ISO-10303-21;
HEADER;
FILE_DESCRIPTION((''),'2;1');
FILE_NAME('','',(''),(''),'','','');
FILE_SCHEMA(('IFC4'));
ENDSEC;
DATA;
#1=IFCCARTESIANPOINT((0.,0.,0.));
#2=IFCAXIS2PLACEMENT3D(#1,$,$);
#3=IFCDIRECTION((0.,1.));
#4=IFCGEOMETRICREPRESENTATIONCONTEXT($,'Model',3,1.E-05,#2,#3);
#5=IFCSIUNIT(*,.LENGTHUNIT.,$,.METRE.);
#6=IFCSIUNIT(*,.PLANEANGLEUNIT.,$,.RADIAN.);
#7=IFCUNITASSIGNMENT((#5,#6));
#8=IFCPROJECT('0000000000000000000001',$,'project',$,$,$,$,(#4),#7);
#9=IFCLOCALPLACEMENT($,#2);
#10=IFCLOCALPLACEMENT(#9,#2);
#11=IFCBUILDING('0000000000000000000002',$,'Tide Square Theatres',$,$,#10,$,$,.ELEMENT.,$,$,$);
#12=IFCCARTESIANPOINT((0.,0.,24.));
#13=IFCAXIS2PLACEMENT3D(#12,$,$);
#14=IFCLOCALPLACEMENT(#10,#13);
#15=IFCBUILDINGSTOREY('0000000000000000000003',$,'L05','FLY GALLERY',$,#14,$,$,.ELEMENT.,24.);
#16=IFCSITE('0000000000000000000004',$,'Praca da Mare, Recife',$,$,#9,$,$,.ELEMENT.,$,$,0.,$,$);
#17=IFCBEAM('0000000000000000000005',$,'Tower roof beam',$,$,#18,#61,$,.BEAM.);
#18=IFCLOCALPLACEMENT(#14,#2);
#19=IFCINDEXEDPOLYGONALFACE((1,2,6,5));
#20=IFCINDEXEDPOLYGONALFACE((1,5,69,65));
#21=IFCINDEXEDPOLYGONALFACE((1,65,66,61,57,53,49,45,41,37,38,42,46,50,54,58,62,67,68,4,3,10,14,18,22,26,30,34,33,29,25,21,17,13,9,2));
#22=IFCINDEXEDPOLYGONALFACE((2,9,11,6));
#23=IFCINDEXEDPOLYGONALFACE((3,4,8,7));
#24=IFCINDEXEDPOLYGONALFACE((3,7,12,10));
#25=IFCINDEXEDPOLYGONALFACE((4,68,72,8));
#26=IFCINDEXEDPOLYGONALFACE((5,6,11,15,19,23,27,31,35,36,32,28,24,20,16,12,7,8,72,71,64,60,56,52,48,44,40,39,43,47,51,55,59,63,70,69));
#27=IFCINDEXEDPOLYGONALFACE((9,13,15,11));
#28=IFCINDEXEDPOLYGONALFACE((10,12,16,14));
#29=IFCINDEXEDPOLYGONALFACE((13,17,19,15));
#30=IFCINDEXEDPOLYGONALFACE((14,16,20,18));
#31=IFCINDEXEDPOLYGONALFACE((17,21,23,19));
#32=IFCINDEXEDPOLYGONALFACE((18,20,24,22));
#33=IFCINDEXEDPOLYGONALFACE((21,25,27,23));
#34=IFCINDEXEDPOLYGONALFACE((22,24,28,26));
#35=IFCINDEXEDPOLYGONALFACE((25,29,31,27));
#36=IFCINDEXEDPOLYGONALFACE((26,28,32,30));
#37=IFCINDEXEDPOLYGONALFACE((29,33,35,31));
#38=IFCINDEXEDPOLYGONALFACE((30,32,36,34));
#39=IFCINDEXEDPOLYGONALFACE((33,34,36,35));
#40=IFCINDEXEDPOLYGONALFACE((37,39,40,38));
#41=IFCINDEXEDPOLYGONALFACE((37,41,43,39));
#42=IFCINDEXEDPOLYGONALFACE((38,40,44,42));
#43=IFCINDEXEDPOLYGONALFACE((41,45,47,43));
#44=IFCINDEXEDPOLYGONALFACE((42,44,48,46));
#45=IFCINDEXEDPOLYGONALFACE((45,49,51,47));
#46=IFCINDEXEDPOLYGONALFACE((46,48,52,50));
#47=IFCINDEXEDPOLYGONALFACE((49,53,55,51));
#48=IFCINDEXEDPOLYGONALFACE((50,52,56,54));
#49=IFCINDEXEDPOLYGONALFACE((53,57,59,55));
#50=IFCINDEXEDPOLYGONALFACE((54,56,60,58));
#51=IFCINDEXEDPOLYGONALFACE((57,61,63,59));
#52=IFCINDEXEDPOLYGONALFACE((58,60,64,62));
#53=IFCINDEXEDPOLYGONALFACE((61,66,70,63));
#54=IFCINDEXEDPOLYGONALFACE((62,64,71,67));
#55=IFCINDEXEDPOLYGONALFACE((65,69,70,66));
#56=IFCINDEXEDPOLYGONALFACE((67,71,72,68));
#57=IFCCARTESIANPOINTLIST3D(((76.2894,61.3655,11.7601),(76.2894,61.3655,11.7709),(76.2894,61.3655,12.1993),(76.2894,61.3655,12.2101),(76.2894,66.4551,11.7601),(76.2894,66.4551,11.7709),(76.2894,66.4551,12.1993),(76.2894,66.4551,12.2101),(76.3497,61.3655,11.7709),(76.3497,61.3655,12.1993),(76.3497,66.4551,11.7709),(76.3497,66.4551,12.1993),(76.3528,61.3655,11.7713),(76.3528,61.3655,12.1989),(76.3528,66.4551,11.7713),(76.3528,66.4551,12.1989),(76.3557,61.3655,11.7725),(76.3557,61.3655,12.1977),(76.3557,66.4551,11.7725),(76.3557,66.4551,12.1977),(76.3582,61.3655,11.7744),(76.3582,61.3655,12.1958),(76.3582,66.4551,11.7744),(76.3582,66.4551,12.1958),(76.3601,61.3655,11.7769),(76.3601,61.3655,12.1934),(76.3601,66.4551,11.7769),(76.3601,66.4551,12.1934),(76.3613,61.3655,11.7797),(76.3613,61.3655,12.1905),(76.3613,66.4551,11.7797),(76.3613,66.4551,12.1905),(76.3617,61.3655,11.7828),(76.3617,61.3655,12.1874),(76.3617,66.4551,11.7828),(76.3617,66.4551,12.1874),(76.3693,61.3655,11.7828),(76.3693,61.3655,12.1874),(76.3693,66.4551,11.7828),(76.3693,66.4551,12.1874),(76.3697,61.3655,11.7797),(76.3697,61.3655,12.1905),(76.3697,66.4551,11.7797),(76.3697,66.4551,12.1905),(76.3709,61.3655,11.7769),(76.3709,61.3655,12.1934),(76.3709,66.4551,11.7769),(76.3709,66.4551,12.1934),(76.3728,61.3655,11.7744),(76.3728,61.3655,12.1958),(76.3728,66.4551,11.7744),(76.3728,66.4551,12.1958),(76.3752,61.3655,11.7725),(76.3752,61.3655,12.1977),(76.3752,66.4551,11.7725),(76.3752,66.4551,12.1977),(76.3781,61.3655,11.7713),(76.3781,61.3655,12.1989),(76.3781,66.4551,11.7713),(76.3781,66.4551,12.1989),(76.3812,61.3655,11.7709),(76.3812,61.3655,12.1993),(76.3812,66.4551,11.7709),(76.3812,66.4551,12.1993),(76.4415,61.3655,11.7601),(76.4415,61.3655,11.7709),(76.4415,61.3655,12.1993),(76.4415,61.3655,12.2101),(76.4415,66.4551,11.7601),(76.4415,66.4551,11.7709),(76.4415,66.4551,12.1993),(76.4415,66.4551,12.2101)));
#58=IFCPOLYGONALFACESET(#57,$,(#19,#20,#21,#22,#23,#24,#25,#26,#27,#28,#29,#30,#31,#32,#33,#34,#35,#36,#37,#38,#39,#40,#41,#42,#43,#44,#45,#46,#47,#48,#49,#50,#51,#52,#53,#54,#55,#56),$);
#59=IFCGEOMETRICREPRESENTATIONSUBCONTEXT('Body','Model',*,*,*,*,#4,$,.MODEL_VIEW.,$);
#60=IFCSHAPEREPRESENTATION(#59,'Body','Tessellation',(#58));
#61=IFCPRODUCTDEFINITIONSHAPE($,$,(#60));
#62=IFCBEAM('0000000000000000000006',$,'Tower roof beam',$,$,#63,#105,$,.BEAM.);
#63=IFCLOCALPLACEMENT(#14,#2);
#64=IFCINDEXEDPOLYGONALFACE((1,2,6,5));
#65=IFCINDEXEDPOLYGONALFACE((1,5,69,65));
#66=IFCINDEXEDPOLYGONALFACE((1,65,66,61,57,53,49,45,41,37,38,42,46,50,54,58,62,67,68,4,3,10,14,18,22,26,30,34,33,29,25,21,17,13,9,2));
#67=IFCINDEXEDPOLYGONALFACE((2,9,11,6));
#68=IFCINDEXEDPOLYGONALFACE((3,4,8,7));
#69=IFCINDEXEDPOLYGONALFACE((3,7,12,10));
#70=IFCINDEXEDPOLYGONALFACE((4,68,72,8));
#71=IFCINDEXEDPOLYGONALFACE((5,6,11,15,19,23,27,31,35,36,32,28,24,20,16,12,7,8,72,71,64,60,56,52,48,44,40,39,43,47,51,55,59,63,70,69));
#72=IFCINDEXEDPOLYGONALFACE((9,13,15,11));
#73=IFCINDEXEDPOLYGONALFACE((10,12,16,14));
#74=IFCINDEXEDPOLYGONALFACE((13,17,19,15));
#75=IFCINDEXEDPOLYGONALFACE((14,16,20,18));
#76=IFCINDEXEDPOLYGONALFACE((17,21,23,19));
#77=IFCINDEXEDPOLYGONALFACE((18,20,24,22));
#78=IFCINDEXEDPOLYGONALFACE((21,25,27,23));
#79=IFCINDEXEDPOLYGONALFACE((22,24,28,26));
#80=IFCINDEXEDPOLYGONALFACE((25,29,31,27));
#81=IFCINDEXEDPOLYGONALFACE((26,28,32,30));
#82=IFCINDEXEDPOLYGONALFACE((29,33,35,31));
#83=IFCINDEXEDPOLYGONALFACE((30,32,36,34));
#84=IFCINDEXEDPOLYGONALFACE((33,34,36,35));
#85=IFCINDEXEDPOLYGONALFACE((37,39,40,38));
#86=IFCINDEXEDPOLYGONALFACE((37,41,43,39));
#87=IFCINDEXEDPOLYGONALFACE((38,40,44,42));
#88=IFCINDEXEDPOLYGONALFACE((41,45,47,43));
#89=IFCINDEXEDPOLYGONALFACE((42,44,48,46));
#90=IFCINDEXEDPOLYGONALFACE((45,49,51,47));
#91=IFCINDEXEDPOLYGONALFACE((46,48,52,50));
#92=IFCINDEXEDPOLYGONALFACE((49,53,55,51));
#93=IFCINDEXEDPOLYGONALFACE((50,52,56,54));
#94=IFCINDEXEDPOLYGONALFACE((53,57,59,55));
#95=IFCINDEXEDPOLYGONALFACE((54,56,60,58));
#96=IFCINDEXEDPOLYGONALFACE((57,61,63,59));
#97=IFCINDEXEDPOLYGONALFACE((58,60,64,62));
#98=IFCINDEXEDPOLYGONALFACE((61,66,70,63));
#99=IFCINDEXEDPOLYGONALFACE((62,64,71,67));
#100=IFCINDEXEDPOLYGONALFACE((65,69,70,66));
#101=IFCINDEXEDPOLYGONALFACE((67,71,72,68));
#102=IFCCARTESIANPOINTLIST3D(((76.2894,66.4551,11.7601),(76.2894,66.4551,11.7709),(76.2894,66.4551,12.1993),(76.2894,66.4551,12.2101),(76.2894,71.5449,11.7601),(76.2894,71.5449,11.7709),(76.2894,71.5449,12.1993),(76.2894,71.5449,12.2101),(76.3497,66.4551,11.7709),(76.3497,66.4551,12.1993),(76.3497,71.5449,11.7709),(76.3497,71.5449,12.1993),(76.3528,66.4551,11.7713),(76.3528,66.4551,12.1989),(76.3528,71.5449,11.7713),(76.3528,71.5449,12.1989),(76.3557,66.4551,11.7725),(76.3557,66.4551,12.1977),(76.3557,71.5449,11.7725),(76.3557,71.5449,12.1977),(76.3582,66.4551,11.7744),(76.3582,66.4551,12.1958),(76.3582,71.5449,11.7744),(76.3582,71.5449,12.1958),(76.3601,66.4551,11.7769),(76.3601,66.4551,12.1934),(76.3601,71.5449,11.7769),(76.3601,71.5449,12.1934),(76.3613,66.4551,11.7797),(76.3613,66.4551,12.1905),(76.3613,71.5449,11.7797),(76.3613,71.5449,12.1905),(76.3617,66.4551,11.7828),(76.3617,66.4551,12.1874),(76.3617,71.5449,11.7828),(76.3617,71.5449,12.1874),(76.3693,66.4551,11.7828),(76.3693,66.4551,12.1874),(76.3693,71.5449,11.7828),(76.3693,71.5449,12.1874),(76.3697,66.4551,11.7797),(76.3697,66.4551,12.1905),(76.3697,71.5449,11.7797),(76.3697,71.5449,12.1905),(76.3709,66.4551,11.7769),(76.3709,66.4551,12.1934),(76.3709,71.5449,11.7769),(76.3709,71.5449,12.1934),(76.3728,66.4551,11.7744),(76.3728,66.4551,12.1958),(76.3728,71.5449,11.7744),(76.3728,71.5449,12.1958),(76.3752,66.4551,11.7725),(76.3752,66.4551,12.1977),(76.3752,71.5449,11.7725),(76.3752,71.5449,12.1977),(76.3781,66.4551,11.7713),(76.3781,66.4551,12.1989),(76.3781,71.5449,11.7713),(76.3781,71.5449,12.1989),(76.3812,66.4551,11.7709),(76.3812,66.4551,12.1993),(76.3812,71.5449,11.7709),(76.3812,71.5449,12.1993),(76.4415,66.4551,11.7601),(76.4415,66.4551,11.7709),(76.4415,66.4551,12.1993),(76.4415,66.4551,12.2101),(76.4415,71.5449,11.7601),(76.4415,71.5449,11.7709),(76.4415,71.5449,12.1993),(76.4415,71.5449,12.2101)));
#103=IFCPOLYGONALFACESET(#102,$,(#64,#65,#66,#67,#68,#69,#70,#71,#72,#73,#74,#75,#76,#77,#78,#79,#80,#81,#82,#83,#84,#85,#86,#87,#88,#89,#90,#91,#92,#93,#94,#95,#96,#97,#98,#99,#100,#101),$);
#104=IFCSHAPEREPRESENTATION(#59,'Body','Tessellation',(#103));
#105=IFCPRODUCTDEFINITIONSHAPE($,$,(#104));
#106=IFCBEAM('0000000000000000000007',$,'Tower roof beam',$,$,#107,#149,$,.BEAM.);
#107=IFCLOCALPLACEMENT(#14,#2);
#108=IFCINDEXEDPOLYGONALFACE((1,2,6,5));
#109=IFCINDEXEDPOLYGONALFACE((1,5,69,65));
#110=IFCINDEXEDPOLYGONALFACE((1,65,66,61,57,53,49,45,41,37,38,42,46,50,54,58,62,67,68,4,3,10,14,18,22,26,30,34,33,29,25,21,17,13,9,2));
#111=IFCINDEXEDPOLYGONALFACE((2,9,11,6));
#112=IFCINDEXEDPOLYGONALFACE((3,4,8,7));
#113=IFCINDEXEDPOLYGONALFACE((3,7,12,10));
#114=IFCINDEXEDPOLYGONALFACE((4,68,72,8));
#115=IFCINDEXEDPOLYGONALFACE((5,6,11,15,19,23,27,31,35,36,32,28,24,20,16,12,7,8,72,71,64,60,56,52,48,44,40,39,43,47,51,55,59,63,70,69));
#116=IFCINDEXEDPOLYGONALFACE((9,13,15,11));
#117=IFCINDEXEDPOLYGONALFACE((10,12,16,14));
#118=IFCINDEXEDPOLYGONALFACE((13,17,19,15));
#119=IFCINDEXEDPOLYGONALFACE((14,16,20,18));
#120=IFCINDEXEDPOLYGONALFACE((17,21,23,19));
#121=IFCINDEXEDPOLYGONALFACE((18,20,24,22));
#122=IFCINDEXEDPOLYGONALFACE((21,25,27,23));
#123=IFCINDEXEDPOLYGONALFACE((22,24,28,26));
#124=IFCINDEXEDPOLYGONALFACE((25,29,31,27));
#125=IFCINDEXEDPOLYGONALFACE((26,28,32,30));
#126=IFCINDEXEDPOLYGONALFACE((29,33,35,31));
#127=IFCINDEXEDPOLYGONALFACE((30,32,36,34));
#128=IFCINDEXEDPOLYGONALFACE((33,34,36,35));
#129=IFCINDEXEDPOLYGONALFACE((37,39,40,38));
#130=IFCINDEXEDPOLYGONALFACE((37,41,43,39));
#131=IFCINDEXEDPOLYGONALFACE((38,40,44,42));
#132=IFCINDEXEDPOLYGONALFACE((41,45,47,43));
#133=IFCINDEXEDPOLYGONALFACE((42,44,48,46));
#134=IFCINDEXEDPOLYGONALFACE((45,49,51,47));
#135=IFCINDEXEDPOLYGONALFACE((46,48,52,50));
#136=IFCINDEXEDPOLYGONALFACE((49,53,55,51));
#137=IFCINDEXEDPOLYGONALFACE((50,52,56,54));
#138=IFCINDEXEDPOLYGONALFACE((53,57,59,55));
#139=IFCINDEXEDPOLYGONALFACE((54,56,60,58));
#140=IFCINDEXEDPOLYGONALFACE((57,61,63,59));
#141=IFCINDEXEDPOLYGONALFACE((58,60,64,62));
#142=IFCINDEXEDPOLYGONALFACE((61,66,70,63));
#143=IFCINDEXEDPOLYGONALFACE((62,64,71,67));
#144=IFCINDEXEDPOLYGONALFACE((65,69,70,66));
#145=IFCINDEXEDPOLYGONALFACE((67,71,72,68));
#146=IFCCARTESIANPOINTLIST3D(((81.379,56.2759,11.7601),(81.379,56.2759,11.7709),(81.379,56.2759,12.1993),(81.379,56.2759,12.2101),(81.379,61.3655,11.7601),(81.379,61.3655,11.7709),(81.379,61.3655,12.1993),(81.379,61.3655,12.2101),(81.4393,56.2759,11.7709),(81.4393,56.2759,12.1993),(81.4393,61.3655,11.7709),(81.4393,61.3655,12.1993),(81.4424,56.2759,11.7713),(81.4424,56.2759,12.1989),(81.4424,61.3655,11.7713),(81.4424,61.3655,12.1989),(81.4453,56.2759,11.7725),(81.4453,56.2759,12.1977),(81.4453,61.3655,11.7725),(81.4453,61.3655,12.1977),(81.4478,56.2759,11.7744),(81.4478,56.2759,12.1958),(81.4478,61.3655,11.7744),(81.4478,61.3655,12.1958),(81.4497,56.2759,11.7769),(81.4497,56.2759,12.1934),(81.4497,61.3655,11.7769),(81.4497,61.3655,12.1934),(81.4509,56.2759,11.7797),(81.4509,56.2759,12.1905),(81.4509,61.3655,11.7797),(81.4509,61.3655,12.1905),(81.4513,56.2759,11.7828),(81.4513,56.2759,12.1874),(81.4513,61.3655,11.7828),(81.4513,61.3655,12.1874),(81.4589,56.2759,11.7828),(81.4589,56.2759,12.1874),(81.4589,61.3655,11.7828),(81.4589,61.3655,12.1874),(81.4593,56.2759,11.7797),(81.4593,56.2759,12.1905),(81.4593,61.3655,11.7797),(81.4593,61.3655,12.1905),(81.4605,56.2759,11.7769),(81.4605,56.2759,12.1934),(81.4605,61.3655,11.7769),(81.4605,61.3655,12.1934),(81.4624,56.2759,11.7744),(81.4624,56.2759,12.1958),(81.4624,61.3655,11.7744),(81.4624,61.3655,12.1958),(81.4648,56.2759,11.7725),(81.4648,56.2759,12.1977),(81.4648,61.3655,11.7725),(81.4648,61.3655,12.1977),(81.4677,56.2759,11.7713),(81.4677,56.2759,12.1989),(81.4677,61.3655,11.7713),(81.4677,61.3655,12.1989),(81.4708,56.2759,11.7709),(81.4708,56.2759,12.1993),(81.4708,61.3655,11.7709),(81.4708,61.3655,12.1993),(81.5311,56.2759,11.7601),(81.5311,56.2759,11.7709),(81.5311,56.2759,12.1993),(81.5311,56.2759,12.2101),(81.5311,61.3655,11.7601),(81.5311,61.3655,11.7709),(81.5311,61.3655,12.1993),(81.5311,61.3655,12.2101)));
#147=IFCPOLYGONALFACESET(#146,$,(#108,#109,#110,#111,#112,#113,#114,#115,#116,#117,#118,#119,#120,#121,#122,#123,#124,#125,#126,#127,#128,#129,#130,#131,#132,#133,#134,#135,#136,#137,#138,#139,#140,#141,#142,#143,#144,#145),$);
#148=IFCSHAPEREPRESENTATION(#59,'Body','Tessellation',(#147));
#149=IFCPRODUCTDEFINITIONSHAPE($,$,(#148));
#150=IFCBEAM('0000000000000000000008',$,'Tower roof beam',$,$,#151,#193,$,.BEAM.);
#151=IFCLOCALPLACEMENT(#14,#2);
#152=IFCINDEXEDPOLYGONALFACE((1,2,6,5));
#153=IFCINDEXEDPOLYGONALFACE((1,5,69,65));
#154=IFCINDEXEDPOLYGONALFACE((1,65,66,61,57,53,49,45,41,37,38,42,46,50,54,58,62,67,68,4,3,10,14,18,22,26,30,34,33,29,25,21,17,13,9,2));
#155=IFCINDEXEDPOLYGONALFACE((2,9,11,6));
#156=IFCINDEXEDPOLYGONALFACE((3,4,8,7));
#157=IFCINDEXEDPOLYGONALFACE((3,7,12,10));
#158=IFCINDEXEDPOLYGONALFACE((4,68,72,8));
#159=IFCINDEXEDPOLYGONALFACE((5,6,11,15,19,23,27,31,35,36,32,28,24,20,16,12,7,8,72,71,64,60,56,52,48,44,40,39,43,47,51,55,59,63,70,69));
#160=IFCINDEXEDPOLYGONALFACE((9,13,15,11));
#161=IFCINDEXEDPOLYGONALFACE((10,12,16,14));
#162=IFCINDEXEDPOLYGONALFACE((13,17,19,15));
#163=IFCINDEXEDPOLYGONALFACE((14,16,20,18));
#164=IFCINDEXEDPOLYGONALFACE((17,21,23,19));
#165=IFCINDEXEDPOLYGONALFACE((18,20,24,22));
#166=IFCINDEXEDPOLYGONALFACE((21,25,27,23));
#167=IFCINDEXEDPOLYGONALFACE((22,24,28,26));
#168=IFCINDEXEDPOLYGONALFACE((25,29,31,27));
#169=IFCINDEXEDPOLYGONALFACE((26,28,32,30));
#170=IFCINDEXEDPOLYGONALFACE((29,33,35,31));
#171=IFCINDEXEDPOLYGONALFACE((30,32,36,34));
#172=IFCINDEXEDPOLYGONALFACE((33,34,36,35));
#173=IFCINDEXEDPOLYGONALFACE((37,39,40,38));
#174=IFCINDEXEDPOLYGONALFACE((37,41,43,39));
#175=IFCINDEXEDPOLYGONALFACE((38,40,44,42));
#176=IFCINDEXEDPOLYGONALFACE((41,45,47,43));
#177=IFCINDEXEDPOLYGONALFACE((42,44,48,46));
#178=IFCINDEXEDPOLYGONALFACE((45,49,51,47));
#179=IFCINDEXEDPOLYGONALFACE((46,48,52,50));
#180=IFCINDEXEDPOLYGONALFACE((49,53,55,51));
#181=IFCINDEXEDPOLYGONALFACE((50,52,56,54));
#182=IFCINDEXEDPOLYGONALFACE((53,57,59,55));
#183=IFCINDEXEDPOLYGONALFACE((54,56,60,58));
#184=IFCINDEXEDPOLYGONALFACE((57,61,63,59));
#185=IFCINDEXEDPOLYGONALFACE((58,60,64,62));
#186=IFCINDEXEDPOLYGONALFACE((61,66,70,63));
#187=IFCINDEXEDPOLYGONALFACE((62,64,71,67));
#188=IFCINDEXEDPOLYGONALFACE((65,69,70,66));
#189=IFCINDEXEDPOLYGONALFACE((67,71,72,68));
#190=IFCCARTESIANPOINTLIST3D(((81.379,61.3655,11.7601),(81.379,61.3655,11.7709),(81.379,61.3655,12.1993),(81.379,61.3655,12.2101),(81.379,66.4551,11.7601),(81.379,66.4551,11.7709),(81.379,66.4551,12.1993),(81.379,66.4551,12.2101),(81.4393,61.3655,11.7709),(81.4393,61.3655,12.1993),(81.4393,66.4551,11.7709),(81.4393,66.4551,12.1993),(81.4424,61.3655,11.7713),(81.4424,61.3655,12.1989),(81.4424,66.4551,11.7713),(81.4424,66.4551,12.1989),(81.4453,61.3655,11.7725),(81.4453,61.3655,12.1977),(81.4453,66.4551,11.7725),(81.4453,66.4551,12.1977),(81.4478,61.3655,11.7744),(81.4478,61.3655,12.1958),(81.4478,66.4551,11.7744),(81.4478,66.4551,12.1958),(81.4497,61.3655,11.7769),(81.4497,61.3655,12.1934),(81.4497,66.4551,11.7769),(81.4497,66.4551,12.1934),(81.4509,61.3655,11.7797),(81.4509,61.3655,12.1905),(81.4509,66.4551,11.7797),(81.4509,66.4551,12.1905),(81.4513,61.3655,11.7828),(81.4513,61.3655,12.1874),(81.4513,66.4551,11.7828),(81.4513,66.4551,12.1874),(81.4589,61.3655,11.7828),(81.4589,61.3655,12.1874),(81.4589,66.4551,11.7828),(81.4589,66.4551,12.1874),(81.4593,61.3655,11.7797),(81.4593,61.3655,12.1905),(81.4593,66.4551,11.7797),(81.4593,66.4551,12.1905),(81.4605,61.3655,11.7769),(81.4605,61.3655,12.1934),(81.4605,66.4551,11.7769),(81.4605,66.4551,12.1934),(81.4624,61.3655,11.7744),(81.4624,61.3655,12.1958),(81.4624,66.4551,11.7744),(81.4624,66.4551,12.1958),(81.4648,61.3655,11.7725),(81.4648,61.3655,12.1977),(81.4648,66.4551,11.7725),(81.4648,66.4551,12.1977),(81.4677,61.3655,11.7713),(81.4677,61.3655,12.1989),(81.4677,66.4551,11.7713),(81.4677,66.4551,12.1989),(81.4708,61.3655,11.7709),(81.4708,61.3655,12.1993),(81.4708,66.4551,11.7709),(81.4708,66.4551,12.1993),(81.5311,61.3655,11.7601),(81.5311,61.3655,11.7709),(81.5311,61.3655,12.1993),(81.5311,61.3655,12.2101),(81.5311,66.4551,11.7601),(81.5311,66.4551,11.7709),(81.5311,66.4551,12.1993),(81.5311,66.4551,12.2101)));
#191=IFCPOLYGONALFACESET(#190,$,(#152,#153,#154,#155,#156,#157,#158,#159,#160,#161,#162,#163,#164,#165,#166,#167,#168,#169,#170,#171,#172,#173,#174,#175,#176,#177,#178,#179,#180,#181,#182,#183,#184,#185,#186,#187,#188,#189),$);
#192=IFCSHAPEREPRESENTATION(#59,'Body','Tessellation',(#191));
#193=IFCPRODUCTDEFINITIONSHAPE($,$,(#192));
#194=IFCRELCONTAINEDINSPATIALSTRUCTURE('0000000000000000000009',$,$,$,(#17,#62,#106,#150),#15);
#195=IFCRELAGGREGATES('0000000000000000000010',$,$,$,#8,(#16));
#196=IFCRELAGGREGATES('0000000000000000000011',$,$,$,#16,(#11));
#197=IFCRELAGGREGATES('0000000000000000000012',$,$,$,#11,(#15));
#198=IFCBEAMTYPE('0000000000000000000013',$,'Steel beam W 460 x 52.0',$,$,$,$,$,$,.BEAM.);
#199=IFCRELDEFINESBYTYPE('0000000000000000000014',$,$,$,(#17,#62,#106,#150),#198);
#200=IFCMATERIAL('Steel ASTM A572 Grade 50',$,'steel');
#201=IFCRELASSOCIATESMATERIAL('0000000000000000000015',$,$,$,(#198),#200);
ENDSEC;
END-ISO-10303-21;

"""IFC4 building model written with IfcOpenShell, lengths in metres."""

from ifc_helpers import new_model, si_unit, direction, frame, origin, origin_2d, place, context, subcontext, project, spatial, i_section, extrude, material, material_profile, profile_set, type_object, element, save


model = new_model("IFC4")

# Units and contexts
model_context = context("Model", 3, precision=1e-05, world=origin(), true_north=direction((0.0, 1.0)))
body_context = subcontext(model_context, "Body", "Model", "MODEL_VIEW")
ifc_project = project(units=[si_unit("LENGTHUNIT", "METRE"), si_unit("PLANEANGLEUNIT", "RADIAN")], contexts=[model_context])

# Site, building, storey
site_placement = place(None, origin())
site = spatial("IfcSite", under=ifc_project, at=site_placement, Name="Praca da Mare, Recife", CompositionType="ELEMENT", RefElevation=0.0)
building_placement = place(site_placement, origin())
building = spatial("IfcBuilding", under=site, at=building_placement, Name="Tide Square Theatres", CompositionType="ELEMENT")
storey_placement = place(building_placement, frame((0.0, 0.0, 24.0)))
storey = spatial("IfcBuildingStorey", under=building, at=storey_placement, Name="L05", Description="FLY GALLERY", CompositionType="ELEMENT", Elevation=24.0)

# Beams
ifc_material_1 = material(Name="Steel ASTM A572 Grade 50", Category="steel")
ifc_material_profile_1 = material_profile(ifc_material_1, i_section(OverallWidth=0.1521, OverallDepth=0.45, WebThickness=0.0076, FlangeThickness=0.0107, FilletRadius=0.012, at=origin_2d()))
ifc_profile_set_1 = profile_set([ifc_material_profile_1], Name="Steel ASTM A572 Grade 50")
beam_type_1 = type_object("IfcBeamType", Name="Steel beam W 460 x 52.0", PredefinedType="BEAM", material=ifc_profile_set_1)
for number, where, z_axis, x_axis, name in (
    (1, (76.3655, 61.3655, 11.9851), (0.0, 1.0, 0.0), (-1.0, 0.0, 0.0), "Tower roof beam"),
):
    element("IfcBeam", number, at=place(storey_placement, frame(where, z_axis=z_axis, x_axis=x_axis)), inside=storey, type_object=beam_type_1, Name=name, PredefinedType="BEAM", context=body_context, shape_type="SweptSolid", body=[
        extrude(i_section(OverallWidth=0.1521, OverallDepth=0.45, WebThickness=0.0076, FlangeThickness=0.0107, FilletRadius=0.012, at=origin_2d()), origin(), (0.0, 0.0, 1.0), 5.0896),
    ])
beam_placement = place(storey_placement, frame((76.3655, 66.4551, 11.9851), z_axis=(0.0, 1.0, 0.0), x_axis=(-1.0, 0.0, 0.0)))
element("IfcBeam", 2, at=beam_placement, inside=storey, type_object=beam_type_1, Name="Tower roof beam", PredefinedType="BEAM", context=body_context, shape_type="SweptSolid", body=[
    extrude(i_section(OverallWidth=0.1521, OverallDepth=0.45, WebThickness=0.0076, FlangeThickness=0.0107, FilletRadius=0.012, at=origin_2d()), origin(), (0.0, 0.0, 1.0), 5.0898),
])
for number, where, z_axis, x_axis, name in (
    (3, (81.4551, 56.2759, 11.9851), (0.0, 1.0, 0.0), (-1.0, 0.0, 0.0), "Tower roof beam"),
    (4, (81.4551, 61.3655, 11.9851), (0.0, 1.0, 0.0), (-1.0, 0.0, 0.0), "Tower roof beam"),
):
    element("IfcBeam", number, at=place(storey_placement, frame(where, z_axis=z_axis, x_axis=x_axis)), inside=storey, type_object=beam_type_1, Name=name, PredefinedType="BEAM", context=body_context, shape_type="SweptSolid", body=[
        extrude(i_section(OverallWidth=0.1521, OverallDepth=0.45, WebThickness=0.0076, FlangeThickness=0.0107, FilletRadius=0.012, at=origin_2d()), origin(), (0.0, 0.0, 1.0), 5.0896),
    ])

save(model, "model.ifc")
